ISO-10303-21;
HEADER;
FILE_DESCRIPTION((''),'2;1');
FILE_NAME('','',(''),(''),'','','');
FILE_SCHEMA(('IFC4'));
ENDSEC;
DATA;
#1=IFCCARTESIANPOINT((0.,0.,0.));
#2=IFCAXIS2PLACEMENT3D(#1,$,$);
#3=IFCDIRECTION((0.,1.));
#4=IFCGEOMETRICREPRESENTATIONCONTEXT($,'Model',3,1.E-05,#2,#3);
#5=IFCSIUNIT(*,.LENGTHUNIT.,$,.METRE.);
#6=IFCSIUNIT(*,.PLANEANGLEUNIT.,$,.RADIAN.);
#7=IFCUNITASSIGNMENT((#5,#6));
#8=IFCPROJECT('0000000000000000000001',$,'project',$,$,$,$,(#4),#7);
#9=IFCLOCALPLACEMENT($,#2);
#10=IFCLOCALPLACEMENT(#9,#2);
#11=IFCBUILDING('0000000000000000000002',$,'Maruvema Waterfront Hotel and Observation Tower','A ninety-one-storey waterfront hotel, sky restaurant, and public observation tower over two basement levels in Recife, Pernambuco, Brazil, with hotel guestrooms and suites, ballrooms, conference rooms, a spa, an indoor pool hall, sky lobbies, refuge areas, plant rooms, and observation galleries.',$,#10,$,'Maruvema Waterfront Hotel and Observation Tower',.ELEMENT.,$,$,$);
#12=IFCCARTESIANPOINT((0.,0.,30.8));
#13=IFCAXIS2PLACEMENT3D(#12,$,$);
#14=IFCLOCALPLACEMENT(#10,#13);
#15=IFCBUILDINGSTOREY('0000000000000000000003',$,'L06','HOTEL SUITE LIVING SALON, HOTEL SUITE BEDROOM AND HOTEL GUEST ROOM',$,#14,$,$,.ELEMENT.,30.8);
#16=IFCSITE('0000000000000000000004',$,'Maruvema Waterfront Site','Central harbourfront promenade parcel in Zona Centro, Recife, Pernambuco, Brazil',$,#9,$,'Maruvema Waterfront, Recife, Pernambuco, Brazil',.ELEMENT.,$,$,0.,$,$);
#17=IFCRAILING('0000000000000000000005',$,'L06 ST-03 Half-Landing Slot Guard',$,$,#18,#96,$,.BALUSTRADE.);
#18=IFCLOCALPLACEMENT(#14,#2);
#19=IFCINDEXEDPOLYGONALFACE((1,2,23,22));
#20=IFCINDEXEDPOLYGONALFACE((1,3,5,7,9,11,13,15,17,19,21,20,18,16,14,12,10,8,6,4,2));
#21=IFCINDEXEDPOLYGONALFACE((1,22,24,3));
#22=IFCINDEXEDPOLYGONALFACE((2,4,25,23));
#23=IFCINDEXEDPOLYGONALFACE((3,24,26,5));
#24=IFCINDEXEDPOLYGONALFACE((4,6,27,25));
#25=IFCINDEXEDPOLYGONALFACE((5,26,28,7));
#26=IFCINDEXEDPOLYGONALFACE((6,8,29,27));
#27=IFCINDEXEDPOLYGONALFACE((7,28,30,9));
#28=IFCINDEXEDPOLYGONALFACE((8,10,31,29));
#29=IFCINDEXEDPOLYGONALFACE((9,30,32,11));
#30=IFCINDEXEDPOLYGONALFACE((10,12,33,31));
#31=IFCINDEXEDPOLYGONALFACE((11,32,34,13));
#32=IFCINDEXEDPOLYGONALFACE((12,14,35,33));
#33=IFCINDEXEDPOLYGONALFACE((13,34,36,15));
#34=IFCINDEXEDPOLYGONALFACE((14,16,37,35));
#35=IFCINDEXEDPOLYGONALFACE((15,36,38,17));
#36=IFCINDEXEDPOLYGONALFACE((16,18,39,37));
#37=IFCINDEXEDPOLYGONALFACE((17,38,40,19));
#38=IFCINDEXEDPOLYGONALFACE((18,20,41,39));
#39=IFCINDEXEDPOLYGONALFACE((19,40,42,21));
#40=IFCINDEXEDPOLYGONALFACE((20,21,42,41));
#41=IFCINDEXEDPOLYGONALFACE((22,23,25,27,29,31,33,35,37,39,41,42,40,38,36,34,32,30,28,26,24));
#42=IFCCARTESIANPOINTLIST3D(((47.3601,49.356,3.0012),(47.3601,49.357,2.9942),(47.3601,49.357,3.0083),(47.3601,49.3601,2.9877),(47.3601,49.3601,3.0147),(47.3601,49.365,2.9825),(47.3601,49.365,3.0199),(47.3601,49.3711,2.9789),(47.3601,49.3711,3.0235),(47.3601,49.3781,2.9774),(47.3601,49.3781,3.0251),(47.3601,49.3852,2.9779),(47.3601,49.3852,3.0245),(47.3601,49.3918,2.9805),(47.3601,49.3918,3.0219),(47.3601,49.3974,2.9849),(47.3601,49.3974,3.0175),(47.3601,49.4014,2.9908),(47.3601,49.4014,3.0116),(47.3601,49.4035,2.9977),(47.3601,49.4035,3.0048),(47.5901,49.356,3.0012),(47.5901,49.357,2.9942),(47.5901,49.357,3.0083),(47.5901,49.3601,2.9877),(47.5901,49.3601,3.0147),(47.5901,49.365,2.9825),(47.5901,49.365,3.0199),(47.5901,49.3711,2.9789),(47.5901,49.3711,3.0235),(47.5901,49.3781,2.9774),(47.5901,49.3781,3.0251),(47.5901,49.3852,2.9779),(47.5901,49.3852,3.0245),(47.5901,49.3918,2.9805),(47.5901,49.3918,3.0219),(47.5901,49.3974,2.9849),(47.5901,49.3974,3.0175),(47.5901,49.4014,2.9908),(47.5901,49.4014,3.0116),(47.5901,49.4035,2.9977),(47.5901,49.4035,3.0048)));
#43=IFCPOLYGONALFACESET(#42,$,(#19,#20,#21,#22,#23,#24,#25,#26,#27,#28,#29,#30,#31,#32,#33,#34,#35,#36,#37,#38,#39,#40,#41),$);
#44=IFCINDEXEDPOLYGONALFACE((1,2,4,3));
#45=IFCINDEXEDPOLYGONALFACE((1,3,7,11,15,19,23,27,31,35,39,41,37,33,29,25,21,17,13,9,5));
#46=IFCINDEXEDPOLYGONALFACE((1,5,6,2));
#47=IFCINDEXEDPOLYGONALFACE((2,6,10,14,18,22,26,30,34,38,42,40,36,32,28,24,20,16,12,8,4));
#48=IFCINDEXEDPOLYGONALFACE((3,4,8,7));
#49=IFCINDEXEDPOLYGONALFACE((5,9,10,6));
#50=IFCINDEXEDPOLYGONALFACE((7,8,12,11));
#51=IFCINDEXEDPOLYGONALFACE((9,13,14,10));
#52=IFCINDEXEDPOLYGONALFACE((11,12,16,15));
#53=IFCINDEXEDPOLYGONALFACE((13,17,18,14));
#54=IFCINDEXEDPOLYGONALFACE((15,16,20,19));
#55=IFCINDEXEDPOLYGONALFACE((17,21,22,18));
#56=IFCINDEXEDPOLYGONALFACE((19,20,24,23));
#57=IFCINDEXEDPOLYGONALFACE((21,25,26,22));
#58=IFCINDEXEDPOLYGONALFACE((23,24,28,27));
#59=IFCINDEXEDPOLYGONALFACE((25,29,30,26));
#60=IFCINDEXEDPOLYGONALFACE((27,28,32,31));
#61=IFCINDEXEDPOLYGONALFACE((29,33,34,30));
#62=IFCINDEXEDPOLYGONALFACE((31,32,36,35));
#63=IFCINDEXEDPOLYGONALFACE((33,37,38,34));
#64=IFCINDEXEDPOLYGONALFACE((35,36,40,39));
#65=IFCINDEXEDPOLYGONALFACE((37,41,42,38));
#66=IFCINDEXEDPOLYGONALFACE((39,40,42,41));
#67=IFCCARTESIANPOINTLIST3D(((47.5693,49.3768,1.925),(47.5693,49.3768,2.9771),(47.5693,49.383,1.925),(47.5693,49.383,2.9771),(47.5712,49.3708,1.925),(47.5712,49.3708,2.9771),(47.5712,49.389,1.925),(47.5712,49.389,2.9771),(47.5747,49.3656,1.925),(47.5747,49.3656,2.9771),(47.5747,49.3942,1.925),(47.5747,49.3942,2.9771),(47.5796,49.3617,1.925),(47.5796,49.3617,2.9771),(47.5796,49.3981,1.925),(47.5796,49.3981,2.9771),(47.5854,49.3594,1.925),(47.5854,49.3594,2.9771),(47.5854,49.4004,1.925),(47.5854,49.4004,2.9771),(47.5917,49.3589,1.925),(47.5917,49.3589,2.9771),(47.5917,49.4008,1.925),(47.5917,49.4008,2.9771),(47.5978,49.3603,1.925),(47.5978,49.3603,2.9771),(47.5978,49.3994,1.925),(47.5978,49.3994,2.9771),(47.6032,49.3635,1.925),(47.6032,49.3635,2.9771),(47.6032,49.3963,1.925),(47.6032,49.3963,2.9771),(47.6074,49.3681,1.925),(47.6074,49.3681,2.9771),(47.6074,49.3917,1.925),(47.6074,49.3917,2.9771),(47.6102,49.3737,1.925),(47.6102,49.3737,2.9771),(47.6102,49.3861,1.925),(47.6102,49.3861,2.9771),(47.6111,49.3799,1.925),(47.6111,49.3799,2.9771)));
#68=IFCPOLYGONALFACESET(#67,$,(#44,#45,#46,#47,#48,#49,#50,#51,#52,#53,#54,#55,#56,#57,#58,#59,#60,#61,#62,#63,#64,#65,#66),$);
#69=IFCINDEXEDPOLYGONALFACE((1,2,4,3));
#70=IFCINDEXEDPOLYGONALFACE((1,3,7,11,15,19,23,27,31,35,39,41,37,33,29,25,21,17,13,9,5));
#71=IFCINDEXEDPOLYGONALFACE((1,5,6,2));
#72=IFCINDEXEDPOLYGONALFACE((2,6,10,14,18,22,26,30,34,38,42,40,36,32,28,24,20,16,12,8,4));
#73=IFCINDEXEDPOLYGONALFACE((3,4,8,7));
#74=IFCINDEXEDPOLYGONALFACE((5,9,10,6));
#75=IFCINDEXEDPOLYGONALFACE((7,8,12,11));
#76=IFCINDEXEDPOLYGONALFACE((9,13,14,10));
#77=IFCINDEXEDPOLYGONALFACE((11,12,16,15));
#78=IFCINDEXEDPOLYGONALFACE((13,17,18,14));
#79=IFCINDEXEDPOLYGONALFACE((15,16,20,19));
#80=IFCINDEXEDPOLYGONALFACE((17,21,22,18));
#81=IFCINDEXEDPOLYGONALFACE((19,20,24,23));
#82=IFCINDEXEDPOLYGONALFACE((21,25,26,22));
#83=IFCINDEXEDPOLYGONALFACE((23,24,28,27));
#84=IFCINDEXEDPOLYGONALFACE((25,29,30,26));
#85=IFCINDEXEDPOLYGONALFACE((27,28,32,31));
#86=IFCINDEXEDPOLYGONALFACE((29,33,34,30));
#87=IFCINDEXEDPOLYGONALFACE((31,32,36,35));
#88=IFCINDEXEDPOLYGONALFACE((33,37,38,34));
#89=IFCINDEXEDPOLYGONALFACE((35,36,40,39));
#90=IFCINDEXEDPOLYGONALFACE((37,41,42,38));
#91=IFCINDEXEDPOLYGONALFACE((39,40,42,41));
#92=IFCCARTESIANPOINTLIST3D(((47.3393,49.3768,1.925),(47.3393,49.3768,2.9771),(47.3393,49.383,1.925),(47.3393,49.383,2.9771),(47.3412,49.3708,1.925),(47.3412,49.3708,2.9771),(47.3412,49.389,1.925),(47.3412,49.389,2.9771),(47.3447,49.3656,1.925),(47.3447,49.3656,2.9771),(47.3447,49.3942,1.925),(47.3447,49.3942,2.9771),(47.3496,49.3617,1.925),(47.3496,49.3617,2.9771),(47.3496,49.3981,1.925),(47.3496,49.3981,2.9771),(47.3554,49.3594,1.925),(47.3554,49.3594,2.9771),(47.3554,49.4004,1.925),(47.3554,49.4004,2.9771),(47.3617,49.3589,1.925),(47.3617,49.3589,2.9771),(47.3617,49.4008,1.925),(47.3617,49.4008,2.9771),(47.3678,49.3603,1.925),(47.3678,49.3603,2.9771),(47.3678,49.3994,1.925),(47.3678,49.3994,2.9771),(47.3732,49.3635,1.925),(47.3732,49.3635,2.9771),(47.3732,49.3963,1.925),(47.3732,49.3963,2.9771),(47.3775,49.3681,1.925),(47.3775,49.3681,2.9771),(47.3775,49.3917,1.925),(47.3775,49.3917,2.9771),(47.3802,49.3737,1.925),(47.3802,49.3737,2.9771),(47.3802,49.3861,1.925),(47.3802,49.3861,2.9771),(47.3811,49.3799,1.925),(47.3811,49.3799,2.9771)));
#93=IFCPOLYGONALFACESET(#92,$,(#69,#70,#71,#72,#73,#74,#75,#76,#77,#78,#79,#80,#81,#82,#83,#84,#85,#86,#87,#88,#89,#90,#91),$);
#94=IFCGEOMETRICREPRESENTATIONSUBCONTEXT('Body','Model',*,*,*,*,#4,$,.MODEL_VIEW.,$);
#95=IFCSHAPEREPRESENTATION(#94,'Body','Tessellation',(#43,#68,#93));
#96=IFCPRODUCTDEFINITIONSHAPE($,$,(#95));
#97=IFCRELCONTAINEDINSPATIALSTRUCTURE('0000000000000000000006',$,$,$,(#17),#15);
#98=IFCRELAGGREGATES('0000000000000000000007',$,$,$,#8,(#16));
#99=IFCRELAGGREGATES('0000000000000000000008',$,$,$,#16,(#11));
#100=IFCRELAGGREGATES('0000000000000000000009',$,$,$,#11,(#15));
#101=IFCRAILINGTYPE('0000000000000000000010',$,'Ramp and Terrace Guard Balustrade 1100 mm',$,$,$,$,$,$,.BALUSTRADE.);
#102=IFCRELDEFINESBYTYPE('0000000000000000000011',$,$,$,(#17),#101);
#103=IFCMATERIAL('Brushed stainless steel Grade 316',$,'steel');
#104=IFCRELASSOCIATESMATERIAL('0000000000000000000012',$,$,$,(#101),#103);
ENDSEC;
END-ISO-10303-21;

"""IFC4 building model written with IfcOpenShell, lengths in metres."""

from ifc_helpers import new_model, si_unit, direction, frame, origin, origin_2d, place, context, subcontext, project, spatial, circle, extrude, material, type_object, element, save


model = new_model("IFC4")

# Units and contexts
model_context = context("Model", 3, precision=1e-05, world=origin(), true_north=direction((0.0, 1.0)))
body_context = subcontext(model_context, "Body", "Model", "MODEL_VIEW")
ifc_project = project(units=[si_unit("LENGTHUNIT", "METRE"), si_unit("PLANEANGLEUNIT", "RADIAN")], contexts=[model_context])

# Site, building, storey
site_placement = place(None, origin())
site = spatial("IfcSite", under=ifc_project, at=site_placement, Name="Maruvema Waterfront Site", Description="Central harbourfront promenade parcel in Zona Centro, Recife, Pernambuco, Brazil", LongName="Maruvema Waterfront, Recife, Pernambuco, Brazil", CompositionType="ELEMENT", RefElevation=0.0)
building_placement = place(site_placement, origin())
building = spatial("IfcBuilding", under=site, at=building_placement, Name="Maruvema Waterfront Hotel and Observation Tower", Description="A ninety-one-storey waterfront hotel, sky restaurant, and public observation tower over two basement levels in Recife, Pernambuco, Brazil, with hotel guestrooms and suites, ballrooms, conference rooms, a spa, an indoor pool hall, sky lobbies, refuge areas, plant rooms, and observation galleries.", LongName="Maruvema Waterfront Hotel and Observation Tower", CompositionType="ELEMENT")
storey_placement = place(building_placement, frame((0.0, 0.0, 30.8)))
storey = spatial("IfcBuildingStorey", under=building, at=storey_placement, Name="L06", Description="HOTEL SUITE LIVING SALON, HOTEL SUITE BEDROOM AND HOTEL GUEST ROOM", CompositionType="ELEMENT", Elevation=30.8)

# Railing
ifc_material_1 = material(Name="Brushed stainless steel Grade 316", Category="steel")
railing_type_1 = type_object("IfcRailingType", Name="Ramp and Terrace Guard Balustrade 1100 mm", PredefinedType="BALUSTRADE", material=ifc_material_1)
railing_1_placement = place(storey_placement, frame((47.5901, 49.3799, 1.925)))
element("IfcRailing", 1, at=railing_1_placement, inside=storey, type_object=railing_type_1, Name="L06 ST-03 Half-Landing Slot Guard", PredefinedType="BALUSTRADE", context=body_context, shape_type="SweptSolid", body=[
    extrude(circle(Radius=0.0239, at=origin_2d()), frame((0.0, 0.0, 1.0762), z_axis=(-1.0, 0.0, 0.0), x_axis=(0.0, -1.0, 0.0)), (0.0, 0.0, 1.0), 0.23),
    extrude(circle(Radius=0.021, at=origin_2d()), origin(), (0.0, 0.0, 1.0), 1.052),
    extrude(circle(Radius=0.021, at=origin_2d()), frame((-0.23, 0.0, 0.0)), (0.0, 0.0, 1.0), 1.052),
])

save(model, "model.ifc")
